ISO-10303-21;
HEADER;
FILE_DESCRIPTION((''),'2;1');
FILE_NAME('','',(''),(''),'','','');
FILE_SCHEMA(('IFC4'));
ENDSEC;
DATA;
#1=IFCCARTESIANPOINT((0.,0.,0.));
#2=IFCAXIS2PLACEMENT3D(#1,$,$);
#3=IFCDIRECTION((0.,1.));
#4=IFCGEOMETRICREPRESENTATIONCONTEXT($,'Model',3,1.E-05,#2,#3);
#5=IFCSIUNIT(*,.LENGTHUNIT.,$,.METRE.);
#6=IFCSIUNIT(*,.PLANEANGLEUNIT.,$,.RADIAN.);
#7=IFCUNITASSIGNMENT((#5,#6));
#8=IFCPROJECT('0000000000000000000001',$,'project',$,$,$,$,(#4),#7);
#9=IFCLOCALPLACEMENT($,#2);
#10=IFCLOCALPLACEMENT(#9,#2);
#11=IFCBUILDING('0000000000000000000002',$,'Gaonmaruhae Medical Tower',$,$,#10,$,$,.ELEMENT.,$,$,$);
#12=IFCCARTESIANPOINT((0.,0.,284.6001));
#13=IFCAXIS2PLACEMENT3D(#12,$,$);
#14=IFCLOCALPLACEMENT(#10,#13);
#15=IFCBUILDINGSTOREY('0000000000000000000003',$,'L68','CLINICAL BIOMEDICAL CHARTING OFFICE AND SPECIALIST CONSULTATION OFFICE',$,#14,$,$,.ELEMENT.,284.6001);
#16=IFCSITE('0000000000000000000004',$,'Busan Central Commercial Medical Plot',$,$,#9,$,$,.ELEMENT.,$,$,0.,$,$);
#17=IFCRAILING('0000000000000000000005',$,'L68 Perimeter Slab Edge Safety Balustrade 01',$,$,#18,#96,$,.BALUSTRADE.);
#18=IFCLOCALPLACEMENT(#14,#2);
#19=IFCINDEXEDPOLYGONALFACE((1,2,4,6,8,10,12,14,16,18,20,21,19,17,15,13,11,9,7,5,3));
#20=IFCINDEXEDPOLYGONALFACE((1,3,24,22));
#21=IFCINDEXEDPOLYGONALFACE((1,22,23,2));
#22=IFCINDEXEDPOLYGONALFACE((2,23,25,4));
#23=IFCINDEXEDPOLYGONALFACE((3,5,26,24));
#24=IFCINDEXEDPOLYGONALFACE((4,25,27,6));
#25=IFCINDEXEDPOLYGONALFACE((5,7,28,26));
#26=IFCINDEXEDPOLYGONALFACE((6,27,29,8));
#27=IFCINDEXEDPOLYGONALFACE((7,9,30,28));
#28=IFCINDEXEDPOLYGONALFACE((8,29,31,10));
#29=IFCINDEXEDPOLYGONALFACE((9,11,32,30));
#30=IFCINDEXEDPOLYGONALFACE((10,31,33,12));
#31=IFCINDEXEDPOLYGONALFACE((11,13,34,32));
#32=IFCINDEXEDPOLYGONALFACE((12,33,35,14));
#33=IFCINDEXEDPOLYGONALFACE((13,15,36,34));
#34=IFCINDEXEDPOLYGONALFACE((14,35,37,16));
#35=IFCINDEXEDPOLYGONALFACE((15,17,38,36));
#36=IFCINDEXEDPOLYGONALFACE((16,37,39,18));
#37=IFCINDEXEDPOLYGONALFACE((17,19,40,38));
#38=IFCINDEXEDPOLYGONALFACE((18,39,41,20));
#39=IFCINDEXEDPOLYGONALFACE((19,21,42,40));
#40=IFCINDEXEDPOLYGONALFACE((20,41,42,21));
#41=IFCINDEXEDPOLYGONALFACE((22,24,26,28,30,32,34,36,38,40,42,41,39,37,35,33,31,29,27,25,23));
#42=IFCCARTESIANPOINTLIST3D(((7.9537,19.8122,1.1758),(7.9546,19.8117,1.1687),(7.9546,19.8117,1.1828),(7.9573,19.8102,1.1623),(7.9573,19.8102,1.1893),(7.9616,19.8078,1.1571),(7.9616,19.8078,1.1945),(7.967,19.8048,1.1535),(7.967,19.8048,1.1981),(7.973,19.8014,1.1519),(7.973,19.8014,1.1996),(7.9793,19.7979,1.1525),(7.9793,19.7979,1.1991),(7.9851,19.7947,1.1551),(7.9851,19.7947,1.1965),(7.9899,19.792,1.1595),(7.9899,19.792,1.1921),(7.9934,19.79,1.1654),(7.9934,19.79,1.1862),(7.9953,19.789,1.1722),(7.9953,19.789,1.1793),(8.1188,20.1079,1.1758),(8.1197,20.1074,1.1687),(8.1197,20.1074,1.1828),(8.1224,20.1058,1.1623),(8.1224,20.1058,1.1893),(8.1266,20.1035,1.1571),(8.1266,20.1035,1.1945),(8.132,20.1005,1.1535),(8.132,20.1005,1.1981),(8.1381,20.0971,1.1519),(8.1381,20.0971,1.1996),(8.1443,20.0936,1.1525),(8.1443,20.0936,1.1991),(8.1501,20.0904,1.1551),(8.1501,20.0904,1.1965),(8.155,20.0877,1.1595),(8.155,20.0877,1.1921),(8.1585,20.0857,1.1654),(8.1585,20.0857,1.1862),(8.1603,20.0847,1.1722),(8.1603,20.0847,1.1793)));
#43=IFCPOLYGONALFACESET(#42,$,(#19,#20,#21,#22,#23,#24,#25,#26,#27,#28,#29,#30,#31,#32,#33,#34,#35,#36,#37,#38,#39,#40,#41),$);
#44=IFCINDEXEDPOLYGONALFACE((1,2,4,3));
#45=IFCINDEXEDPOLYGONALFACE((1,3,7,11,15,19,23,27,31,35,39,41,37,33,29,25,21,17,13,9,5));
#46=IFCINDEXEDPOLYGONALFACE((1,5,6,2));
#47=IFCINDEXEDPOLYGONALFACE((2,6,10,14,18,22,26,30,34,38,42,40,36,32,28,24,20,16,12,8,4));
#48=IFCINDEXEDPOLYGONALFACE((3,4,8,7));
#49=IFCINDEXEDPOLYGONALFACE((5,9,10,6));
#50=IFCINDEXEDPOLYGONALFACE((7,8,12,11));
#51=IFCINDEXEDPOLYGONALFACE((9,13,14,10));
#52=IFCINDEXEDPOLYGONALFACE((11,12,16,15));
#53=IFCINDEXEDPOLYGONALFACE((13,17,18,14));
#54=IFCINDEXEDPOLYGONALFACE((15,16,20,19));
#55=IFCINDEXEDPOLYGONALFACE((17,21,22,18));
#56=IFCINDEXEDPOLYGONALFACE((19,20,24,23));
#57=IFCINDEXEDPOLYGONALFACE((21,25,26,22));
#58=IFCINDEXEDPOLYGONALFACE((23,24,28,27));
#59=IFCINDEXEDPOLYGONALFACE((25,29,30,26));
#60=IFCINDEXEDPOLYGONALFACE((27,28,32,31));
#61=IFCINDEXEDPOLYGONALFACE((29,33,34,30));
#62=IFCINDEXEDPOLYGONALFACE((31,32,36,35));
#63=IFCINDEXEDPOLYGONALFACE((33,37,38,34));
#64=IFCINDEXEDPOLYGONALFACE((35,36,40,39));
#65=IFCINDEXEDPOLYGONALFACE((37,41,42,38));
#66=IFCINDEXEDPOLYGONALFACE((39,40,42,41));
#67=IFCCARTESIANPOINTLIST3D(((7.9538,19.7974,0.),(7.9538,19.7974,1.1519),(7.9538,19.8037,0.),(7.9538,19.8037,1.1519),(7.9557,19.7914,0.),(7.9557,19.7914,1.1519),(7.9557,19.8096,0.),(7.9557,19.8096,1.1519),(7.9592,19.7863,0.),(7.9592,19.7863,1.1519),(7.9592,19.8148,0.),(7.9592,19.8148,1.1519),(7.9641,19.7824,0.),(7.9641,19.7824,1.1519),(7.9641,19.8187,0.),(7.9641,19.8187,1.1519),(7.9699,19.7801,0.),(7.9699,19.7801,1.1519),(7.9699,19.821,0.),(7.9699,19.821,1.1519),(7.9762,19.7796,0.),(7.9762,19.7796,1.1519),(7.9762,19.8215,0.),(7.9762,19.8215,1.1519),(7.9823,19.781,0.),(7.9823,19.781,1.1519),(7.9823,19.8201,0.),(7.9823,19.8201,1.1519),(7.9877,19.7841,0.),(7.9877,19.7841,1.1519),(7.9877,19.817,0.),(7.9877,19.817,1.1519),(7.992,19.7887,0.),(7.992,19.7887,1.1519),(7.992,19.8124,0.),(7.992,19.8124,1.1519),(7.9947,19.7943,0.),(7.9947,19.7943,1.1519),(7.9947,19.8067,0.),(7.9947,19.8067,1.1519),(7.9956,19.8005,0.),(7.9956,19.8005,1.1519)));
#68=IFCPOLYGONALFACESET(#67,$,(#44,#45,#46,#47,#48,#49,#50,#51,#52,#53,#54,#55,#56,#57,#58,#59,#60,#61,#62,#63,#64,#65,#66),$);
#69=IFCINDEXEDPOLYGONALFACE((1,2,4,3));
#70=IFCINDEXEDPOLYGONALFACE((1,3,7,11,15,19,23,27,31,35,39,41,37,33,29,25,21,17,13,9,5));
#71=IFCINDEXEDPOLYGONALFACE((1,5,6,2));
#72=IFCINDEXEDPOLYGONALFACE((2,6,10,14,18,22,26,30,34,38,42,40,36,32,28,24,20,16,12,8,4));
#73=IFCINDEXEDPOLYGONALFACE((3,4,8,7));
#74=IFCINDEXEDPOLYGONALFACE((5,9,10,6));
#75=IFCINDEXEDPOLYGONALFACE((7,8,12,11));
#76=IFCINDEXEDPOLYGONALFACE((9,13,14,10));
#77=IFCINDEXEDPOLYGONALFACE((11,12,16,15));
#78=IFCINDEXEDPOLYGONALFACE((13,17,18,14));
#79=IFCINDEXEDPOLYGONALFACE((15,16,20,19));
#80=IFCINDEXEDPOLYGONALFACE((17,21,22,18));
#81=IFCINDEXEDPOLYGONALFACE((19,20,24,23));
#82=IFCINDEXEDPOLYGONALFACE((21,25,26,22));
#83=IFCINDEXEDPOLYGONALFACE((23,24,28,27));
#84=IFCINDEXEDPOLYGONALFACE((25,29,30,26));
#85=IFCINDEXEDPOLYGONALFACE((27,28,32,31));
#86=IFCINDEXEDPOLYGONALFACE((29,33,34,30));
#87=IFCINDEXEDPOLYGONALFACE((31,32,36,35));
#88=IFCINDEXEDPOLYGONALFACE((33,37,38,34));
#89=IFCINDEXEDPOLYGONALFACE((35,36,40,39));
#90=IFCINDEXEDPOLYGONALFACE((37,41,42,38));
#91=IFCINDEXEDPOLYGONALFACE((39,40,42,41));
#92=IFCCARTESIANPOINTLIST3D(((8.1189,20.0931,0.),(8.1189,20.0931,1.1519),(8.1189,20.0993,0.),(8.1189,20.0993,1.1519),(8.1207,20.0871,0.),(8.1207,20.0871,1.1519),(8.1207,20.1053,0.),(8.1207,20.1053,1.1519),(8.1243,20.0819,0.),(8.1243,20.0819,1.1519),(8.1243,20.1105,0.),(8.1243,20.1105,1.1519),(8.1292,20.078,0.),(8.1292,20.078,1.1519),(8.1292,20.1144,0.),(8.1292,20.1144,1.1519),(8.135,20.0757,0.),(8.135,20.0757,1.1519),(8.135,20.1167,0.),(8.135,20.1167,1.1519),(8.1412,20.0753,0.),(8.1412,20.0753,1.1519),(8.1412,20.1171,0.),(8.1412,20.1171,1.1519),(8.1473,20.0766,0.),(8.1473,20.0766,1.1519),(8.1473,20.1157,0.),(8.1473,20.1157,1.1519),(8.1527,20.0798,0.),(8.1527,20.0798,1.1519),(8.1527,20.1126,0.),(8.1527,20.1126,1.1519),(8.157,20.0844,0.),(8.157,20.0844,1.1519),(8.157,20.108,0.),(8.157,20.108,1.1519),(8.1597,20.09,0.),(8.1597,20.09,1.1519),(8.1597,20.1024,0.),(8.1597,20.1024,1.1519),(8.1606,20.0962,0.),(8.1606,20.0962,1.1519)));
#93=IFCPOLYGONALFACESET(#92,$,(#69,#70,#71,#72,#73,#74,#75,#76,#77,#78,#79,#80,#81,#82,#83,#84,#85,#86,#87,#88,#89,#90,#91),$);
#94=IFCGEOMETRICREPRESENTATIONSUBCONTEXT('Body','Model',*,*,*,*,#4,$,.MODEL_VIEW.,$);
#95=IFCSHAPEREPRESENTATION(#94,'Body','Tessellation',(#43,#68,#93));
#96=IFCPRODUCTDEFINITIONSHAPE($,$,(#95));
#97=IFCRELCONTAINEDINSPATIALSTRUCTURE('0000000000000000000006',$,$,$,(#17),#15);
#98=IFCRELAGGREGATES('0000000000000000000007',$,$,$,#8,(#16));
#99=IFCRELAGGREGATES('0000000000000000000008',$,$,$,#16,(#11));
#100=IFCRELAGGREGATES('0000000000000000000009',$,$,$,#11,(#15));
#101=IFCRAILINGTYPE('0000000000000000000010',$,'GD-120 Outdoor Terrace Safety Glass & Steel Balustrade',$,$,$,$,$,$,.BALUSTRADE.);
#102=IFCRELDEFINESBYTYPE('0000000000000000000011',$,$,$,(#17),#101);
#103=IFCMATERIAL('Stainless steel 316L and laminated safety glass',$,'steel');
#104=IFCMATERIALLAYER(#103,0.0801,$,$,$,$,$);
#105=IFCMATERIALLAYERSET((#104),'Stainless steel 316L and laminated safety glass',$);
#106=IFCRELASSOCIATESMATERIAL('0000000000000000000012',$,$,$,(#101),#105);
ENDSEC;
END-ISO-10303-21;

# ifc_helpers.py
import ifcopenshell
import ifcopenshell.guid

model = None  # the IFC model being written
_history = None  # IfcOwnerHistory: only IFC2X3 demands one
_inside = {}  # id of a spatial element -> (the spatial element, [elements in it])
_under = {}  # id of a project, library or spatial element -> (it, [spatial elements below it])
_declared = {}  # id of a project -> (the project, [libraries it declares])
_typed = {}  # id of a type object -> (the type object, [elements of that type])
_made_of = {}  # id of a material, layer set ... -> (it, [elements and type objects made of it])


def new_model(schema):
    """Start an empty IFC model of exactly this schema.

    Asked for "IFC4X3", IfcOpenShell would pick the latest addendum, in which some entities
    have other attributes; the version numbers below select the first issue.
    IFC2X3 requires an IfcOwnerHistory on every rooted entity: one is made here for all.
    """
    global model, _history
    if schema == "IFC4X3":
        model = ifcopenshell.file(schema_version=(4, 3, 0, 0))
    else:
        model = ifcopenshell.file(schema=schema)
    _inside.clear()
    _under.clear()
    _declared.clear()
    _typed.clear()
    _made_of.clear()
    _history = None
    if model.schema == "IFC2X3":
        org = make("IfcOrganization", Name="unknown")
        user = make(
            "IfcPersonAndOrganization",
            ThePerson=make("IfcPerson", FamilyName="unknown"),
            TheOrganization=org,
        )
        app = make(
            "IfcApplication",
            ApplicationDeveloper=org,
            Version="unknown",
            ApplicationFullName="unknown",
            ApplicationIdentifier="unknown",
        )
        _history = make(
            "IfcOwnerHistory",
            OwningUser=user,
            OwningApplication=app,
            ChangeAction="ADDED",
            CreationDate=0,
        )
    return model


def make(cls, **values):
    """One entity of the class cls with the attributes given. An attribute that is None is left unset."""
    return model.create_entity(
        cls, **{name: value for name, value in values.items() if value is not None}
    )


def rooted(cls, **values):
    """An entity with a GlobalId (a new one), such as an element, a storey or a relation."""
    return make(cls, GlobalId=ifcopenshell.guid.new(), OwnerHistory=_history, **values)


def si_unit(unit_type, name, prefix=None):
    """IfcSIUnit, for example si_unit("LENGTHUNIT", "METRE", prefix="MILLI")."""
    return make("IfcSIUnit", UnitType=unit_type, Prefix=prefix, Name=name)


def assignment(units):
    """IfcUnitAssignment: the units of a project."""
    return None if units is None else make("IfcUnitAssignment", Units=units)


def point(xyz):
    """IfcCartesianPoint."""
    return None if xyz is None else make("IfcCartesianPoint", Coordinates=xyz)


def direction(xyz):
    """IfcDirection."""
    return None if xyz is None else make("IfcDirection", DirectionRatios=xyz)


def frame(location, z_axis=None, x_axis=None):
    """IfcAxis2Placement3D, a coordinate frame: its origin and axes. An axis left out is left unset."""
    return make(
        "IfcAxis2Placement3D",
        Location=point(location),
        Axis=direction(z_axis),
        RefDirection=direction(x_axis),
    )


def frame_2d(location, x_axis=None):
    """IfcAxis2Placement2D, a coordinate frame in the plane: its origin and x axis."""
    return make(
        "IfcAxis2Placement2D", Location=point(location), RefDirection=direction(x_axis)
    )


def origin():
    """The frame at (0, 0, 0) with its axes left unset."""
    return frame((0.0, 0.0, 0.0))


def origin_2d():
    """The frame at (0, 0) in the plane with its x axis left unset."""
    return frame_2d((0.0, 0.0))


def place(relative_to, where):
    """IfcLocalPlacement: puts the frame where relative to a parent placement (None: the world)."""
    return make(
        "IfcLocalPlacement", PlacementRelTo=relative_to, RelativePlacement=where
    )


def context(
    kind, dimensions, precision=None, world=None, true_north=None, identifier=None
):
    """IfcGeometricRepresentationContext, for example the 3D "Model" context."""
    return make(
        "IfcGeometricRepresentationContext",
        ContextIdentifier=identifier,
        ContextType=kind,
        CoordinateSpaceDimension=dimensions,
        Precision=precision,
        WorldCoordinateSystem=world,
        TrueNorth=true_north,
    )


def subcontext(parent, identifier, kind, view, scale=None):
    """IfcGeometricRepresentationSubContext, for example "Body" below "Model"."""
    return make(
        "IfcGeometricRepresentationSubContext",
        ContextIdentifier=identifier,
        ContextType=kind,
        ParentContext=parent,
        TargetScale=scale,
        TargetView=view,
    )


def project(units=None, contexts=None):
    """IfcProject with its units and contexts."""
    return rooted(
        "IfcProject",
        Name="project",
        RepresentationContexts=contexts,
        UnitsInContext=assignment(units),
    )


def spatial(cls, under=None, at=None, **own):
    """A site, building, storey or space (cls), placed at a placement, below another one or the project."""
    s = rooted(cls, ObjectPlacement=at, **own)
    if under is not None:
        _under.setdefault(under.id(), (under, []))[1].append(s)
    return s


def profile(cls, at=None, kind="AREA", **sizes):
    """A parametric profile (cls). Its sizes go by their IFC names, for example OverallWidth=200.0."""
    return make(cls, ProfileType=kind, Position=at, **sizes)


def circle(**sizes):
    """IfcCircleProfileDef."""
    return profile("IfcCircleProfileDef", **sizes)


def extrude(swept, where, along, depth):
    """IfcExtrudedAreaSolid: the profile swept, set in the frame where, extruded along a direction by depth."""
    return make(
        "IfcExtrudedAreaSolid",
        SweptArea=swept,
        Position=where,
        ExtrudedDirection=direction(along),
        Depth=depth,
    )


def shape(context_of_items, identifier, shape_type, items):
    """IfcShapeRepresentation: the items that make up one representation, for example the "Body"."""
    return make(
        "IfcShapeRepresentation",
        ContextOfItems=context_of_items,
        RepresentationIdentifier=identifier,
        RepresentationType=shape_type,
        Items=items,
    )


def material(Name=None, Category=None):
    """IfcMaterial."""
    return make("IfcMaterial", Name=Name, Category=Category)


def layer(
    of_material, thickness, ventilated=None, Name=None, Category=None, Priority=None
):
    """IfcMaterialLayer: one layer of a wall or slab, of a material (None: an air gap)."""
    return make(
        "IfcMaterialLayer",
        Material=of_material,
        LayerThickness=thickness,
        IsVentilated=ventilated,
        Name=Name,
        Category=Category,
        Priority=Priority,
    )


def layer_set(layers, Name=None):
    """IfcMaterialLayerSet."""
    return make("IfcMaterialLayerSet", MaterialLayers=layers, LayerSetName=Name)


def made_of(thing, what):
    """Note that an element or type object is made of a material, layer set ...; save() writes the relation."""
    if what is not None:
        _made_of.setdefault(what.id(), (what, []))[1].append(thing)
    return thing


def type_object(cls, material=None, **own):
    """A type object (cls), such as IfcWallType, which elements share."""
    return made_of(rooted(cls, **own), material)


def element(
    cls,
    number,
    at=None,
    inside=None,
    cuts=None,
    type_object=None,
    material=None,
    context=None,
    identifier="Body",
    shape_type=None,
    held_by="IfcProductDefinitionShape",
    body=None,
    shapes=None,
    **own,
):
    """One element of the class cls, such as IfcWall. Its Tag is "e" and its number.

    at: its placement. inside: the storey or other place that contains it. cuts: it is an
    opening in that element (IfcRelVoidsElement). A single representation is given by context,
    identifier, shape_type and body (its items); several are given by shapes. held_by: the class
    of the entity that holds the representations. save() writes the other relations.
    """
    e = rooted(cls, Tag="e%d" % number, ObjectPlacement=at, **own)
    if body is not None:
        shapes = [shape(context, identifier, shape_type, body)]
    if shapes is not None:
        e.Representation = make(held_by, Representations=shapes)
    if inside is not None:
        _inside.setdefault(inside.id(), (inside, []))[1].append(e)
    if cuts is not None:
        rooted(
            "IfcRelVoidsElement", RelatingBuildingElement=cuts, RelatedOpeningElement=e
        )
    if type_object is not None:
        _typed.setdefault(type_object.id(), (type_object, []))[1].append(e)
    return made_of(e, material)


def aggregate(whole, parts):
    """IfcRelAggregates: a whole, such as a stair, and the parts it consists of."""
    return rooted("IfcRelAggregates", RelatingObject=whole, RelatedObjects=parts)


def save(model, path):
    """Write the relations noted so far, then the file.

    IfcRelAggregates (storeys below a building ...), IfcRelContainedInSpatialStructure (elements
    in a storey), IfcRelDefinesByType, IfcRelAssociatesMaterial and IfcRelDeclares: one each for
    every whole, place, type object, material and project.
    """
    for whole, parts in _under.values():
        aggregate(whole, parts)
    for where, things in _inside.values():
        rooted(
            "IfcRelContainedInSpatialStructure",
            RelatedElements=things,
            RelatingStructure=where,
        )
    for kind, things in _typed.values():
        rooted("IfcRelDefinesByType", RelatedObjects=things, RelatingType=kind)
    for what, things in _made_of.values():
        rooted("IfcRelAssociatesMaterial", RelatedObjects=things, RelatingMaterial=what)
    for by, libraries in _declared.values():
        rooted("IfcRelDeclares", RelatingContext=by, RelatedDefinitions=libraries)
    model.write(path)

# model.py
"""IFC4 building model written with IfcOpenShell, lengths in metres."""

from ifc_helpers import new_model, si_unit, direction, frame, origin, origin_2d, place, context, subcontext, project, spatial, circle, extrude, material, layer, layer_set, type_object, element, save


model = new_model("IFC4")

# Units and contexts
model_context = context("Model", 3, precision=1e-05, world=origin(), true_north=direction((0.0, 1.0)))
body_context = subcontext(model_context, "Body", "Model", "MODEL_VIEW")
ifc_project = project(units=[si_unit("LENGTHUNIT", "METRE"), si_unit("PLANEANGLEUNIT", "RADIAN")], contexts=[model_context])

# Site, building, storey
site_placement = place(None, origin())
site = spatial("IfcSite", under=ifc_project, at=site_placement, Name="Busan Central Commercial Medical Plot", CompositionType="ELEMENT", RefElevation=0.0)
building_placement = place(site_placement, origin())
building = spatial("IfcBuilding", under=site, at=building_placement, Name="Gaonmaruhae Medical Tower", CompositionType="ELEMENT")
storey_placement = place(building_placement, frame((0.0, 0.0, 284.6001)))
storey = spatial("IfcBuildingStorey", under=building, at=storey_placement, Name="L68", Description="CLINICAL BIOMEDICAL CHARTING OFFICE AND SPECIALIST CONSULTATION OFFICE", CompositionType="ELEMENT", Elevation=284.6001)

# Railing
ifc_material_1 = material(Name="Stainless steel 316L and laminated safety glass", Category="steel")
ifc_layer_1 = layer(ifc_material_1, 0.0801)
ifc_layer_set_1 = layer_set([ifc_layer_1], Name="Stainless steel 316L and laminated safety glass")
railing_type_1 = type_object("IfcRailingType", Name="GD-120 Outdoor Terrace Safety Glass & Steel Balustrade", PredefinedType="BALUSTRADE", material=ifc_layer_set_1)
railing_1_placement = place(storey_placement, frame((7.9746, 19.8005, 0.0)))
element("IfcRailing", 1, at=railing_1_placement, inside=storey, type_object=railing_type_1, Name="L68 Perimeter Slab Edge Safety Balustrade 01", PredefinedType="BALUSTRADE", context=body_context, shape_type="SweptSolid", body=[
    extrude(circle(Radius=0.0239, at=origin_2d()), frame((0.0, 0.0, 1.1758), z_axis=(0.487417, 0.873169, 0.0), x_axis=(-0.873169, 0.487417, 0.0)), (0.0, 0.0, 1.0), 0.3386),
    extrude(circle(Radius=0.021, at=origin_2d()), origin(), (0.0, 0.0, 1.0), 1.1519),
    extrude(circle(Radius=0.021, at=origin_2d()), frame((0.165, 0.2957, 0.0)), (0.0, 0.0, 1.0), 1.1519),
])

save(model, "model.ifc")
